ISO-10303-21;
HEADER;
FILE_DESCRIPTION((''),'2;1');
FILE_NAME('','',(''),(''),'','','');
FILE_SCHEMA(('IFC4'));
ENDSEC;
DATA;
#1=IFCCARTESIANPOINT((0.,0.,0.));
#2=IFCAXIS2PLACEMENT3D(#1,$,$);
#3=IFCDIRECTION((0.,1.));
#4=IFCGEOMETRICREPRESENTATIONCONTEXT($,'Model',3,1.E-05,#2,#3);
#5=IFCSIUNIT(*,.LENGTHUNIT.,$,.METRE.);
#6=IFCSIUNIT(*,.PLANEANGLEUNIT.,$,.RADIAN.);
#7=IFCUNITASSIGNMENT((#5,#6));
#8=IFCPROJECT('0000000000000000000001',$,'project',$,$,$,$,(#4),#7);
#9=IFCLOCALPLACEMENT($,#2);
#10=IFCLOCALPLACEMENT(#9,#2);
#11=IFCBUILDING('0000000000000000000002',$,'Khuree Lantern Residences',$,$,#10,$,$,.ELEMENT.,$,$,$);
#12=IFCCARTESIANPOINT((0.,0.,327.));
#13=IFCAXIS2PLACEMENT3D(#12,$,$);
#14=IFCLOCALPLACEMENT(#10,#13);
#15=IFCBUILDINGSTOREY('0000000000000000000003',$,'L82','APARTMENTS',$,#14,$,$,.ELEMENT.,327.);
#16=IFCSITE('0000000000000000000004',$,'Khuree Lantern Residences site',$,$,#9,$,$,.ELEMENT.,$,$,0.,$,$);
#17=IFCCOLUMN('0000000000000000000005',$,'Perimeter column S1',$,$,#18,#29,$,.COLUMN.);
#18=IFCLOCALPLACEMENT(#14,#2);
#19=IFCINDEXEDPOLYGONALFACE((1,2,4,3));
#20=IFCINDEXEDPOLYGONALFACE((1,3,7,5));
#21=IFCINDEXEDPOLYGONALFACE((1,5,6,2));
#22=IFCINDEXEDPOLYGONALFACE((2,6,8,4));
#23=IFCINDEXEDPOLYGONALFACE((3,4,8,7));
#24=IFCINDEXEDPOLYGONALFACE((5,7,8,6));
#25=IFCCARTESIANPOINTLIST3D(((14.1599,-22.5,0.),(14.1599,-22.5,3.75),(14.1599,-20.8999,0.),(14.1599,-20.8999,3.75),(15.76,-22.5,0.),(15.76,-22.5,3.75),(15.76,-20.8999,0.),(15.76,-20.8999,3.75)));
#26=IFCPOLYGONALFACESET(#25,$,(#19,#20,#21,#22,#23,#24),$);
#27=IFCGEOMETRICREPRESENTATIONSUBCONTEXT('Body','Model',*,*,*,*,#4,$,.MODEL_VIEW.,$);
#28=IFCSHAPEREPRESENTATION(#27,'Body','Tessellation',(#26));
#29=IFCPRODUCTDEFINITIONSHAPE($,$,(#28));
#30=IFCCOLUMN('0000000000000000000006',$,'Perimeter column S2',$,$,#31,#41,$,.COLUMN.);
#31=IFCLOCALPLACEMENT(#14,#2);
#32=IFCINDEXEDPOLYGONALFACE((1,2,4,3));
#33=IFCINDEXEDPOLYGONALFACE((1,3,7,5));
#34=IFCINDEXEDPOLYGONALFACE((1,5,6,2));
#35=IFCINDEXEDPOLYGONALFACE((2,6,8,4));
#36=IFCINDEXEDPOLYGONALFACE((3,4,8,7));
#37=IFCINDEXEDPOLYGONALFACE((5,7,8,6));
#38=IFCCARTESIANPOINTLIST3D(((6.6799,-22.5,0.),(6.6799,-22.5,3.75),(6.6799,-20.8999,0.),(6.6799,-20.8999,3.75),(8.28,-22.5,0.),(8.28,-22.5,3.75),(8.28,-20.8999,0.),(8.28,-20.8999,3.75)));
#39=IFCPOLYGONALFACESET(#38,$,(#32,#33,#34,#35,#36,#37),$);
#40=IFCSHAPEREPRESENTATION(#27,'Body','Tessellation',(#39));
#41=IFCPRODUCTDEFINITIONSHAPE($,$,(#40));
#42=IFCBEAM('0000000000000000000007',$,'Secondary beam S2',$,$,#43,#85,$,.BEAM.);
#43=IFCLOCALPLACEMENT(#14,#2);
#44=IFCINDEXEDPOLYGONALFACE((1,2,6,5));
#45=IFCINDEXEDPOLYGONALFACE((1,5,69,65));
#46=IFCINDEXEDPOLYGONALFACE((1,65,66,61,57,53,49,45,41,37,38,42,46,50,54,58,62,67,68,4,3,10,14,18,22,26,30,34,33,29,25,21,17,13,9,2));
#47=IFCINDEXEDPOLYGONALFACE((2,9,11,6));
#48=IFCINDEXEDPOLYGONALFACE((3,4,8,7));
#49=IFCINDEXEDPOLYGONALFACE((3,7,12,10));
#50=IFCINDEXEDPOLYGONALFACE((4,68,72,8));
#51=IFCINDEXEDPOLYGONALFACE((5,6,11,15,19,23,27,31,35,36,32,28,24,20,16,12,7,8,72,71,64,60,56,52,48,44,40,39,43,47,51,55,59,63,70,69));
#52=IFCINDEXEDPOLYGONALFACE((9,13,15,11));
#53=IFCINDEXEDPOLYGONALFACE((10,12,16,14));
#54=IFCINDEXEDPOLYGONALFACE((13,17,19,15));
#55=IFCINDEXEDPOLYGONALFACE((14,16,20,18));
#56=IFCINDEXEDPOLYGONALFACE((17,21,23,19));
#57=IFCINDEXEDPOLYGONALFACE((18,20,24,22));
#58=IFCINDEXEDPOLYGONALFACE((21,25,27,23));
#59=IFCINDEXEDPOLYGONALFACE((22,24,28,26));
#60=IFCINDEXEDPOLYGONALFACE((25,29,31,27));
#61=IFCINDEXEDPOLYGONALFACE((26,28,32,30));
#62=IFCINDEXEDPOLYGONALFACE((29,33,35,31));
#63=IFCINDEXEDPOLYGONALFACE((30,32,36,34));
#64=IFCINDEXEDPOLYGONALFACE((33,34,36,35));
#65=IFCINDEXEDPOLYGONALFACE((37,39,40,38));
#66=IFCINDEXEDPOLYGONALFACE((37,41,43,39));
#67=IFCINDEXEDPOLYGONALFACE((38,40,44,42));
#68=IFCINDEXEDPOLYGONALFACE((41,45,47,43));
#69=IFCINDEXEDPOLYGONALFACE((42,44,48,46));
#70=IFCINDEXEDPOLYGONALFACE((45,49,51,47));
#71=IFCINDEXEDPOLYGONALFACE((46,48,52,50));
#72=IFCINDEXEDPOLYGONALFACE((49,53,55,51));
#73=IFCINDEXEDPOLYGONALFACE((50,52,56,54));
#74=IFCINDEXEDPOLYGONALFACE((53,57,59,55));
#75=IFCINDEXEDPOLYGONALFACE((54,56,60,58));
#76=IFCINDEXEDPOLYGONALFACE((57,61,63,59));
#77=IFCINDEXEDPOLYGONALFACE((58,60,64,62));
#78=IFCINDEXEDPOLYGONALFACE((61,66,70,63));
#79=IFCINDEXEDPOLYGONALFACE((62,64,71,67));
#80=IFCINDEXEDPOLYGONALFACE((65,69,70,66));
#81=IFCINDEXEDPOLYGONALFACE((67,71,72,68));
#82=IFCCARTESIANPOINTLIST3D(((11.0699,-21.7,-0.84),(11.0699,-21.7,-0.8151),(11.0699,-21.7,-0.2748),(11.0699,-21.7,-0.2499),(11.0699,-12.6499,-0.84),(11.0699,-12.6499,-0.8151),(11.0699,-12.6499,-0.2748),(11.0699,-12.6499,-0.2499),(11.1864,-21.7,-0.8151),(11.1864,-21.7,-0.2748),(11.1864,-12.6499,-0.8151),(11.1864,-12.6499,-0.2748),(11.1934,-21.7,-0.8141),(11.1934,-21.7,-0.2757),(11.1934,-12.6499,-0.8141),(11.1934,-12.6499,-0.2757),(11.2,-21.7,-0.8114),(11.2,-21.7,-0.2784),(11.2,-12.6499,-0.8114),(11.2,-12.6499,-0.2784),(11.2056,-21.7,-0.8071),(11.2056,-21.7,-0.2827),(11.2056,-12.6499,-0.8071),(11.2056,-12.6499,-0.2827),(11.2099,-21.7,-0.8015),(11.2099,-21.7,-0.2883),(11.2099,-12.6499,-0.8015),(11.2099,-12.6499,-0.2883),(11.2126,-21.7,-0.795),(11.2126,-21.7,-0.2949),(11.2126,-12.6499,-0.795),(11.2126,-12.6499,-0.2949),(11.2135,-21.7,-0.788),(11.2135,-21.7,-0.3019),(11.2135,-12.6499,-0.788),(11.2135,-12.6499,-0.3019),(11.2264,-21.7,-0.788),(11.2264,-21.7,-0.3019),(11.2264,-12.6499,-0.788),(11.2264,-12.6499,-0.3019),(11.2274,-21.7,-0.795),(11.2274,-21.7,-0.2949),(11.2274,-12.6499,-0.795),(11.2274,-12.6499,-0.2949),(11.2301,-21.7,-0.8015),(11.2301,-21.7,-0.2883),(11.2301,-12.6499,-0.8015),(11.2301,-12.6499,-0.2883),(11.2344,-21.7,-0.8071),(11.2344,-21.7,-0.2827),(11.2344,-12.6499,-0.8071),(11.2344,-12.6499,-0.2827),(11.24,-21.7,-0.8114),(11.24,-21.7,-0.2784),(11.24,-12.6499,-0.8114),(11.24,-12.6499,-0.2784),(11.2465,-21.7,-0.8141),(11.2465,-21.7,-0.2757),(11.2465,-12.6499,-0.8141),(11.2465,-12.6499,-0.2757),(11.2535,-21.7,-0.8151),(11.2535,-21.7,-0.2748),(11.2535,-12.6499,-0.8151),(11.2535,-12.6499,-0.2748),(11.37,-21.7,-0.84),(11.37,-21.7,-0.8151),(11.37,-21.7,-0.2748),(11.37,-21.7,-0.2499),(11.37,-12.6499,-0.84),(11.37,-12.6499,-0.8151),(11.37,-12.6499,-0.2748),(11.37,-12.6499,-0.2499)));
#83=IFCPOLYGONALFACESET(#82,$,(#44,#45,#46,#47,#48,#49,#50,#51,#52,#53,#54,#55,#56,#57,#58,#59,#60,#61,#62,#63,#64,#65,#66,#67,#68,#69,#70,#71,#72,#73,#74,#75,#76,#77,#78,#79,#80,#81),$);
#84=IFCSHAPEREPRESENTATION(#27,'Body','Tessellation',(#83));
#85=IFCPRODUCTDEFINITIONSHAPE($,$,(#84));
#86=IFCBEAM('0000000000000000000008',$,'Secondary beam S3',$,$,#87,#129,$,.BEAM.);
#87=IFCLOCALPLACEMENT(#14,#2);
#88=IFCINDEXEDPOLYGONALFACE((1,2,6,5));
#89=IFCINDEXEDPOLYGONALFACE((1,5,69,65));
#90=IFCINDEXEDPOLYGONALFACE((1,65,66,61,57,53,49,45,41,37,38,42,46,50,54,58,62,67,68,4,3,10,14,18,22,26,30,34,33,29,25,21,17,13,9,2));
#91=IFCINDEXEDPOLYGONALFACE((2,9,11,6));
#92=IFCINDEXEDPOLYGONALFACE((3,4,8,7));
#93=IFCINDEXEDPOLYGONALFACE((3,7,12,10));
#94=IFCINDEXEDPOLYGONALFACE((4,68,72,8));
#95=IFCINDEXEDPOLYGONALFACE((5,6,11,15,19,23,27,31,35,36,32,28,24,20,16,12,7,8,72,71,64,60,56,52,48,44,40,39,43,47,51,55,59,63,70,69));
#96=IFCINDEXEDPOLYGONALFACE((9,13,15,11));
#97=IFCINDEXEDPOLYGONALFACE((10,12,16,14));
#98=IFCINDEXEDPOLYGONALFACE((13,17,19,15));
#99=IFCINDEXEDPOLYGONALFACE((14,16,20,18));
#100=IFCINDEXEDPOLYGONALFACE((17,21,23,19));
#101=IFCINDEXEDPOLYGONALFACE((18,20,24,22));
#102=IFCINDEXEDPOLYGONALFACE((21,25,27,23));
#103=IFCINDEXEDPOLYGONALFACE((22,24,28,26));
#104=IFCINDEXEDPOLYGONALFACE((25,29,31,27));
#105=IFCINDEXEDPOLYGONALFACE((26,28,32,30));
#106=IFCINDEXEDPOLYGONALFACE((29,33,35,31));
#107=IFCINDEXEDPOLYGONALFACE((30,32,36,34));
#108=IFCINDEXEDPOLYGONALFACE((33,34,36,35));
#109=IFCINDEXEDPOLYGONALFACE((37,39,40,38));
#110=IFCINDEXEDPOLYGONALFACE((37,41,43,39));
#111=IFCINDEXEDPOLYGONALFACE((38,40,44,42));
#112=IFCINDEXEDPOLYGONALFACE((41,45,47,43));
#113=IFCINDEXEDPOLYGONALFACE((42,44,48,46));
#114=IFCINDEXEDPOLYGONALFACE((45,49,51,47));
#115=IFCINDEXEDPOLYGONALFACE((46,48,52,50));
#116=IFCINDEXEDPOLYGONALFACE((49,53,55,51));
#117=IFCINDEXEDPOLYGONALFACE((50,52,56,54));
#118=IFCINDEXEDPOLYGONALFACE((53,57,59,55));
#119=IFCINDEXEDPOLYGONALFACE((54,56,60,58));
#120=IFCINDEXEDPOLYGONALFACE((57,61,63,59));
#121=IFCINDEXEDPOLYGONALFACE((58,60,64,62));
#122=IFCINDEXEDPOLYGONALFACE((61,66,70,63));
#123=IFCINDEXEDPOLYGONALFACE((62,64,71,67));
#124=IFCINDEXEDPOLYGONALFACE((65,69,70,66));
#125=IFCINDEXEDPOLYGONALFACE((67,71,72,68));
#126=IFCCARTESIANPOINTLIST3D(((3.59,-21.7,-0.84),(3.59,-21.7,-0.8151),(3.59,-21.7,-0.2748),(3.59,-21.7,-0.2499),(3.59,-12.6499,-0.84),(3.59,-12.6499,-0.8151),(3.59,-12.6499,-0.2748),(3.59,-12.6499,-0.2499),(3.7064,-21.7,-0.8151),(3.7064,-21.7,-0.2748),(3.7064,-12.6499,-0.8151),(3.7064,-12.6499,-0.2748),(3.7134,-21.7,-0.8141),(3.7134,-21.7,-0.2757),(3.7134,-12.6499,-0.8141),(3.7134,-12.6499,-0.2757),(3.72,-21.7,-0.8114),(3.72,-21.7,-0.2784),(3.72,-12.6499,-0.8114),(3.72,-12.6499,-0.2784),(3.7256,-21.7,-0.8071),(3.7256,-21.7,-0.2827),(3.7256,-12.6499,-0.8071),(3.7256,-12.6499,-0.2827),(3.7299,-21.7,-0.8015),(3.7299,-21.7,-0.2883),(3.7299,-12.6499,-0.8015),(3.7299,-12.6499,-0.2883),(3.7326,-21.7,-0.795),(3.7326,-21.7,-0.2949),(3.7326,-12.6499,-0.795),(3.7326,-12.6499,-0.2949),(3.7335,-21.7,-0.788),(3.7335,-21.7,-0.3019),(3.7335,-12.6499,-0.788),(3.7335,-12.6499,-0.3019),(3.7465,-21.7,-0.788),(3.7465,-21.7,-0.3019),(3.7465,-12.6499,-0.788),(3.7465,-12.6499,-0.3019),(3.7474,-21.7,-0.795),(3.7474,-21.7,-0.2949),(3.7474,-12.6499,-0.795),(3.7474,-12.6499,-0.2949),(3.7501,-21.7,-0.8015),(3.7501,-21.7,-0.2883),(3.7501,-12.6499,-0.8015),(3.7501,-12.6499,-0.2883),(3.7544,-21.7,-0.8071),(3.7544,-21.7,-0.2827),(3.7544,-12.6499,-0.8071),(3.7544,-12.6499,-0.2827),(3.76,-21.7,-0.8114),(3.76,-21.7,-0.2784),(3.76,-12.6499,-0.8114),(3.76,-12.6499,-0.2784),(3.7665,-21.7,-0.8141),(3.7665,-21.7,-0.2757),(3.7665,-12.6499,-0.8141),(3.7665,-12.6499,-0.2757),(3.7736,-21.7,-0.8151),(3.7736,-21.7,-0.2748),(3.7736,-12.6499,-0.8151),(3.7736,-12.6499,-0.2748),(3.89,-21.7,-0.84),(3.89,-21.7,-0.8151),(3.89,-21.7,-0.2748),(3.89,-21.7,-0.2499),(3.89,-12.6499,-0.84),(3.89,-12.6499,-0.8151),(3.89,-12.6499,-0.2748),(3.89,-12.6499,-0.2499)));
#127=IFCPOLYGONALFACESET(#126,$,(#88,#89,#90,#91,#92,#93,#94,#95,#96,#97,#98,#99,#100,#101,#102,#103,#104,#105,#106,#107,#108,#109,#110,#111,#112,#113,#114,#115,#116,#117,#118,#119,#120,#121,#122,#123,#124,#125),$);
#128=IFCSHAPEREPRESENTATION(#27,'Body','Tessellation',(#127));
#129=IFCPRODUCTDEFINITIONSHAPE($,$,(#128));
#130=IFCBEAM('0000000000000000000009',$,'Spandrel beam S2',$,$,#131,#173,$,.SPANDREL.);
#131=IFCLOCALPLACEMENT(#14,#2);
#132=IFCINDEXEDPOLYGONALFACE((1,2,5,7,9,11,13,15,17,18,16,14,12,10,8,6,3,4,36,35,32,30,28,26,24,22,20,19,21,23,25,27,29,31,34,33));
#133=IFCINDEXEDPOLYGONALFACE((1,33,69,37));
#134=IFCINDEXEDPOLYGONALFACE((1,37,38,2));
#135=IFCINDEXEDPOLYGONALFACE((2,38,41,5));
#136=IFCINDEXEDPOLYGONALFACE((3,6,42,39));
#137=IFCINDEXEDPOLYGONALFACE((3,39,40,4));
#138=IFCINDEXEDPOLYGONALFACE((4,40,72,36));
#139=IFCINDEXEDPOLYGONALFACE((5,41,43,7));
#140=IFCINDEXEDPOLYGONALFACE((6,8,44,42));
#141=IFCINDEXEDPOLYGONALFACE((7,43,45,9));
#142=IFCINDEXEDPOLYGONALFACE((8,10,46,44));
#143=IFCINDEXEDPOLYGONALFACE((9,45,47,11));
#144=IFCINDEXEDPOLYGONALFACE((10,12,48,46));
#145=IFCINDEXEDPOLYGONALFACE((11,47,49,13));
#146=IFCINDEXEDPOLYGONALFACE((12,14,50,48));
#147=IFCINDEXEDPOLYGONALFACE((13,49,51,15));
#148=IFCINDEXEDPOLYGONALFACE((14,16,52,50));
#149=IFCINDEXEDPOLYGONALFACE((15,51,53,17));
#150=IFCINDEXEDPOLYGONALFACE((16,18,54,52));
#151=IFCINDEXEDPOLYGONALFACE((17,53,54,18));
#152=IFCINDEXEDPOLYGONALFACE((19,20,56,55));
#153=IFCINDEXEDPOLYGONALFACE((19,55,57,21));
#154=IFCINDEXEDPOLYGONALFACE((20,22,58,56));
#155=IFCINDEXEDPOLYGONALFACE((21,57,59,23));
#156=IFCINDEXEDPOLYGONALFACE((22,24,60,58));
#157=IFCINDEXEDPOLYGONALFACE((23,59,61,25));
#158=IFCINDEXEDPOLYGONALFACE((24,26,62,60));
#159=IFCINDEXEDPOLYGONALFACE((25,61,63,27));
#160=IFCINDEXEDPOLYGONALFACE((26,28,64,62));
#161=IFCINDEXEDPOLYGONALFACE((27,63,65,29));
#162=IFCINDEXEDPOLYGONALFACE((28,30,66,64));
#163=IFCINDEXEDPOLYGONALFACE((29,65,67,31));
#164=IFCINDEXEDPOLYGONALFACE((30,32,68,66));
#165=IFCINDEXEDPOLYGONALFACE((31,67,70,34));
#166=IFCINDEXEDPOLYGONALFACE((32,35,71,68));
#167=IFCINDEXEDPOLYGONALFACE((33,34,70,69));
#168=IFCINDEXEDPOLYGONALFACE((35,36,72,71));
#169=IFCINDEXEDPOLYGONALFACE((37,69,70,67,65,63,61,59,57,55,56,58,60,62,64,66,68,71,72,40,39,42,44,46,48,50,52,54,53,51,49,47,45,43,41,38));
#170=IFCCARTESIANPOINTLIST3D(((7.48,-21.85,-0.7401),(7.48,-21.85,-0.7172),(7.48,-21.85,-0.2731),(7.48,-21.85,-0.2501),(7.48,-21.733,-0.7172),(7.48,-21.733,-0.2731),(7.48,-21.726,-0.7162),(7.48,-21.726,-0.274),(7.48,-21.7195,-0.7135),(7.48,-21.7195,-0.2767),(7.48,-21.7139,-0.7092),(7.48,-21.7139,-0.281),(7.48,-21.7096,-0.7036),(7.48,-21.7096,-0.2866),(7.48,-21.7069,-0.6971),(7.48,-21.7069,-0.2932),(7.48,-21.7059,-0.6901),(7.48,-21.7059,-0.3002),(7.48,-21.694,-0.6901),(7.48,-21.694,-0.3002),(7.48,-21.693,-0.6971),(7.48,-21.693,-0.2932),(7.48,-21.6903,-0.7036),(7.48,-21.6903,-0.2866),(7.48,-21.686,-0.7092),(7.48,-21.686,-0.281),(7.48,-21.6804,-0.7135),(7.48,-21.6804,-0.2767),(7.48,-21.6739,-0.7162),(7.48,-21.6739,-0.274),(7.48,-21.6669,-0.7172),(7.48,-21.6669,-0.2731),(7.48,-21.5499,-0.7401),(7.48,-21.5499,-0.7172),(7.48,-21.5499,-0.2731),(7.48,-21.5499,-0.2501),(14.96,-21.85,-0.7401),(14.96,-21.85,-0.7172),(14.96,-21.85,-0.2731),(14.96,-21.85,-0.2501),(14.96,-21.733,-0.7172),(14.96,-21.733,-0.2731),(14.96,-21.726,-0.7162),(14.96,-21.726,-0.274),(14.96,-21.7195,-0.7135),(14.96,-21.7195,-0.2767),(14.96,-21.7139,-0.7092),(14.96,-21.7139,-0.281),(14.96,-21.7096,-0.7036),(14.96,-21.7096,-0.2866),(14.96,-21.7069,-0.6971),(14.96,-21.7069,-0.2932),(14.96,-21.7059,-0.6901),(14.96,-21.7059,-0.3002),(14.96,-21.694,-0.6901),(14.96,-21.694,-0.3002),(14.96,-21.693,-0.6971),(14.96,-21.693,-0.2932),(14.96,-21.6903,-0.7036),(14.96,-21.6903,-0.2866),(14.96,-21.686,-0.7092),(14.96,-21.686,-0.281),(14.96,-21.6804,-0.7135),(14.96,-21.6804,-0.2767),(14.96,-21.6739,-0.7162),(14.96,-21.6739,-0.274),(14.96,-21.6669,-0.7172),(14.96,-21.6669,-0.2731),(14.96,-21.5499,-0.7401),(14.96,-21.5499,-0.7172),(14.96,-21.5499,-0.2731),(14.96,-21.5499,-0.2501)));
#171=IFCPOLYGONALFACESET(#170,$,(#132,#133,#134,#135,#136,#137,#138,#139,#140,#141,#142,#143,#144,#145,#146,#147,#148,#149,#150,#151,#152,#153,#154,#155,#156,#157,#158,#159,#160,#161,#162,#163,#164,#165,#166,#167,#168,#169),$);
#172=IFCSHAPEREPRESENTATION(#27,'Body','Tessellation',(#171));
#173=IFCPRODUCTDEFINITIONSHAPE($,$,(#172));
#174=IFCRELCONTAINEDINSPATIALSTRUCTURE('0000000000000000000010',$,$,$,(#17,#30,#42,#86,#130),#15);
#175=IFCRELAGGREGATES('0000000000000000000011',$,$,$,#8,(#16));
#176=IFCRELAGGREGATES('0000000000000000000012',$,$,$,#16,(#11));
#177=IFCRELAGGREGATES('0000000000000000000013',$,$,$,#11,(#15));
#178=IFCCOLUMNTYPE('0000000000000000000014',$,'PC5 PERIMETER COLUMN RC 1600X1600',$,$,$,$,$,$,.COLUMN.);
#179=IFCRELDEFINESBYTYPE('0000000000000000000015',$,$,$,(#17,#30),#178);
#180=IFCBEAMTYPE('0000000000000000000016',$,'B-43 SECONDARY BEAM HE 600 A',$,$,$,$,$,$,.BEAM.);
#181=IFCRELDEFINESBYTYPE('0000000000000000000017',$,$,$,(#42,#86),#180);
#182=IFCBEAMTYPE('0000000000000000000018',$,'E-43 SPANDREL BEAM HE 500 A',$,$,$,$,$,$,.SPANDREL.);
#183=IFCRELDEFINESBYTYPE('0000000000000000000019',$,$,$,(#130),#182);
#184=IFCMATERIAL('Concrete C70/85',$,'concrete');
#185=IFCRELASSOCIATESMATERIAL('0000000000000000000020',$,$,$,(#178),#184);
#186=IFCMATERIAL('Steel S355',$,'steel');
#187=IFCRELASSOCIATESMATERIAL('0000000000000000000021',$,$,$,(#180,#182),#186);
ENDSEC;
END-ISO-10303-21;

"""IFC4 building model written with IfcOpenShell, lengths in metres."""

from ifc_helpers import new_model, si_unit, direction, frame, origin, origin_2d, place, context, subcontext, project, spatial, rectangle, i_section, extrude, material, material_profile, profile_set, type_object, element, save


model = new_model("IFC4")

# Units and contexts
model_context = context("Model", 3, precision=1e-05, world=origin(), true_north=direction((0.0, 1.0)))
body_context = subcontext(model_context, "Body", "Model", "MODEL_VIEW")
ifc_project = project(units=[si_unit("LENGTHUNIT", "METRE"), si_unit("PLANEANGLEUNIT", "RADIAN")], contexts=[model_context])

# Site, building, storey
site_placement = place(None, origin())
site = spatial("IfcSite", under=ifc_project, at=site_placement, Name="Khuree Lantern Residences site", CompositionType="ELEMENT", RefElevation=0.0)
building_placement = place(site_placement, origin())
building = spatial("IfcBuilding", under=site, at=building_placement, Name="Khuree Lantern Residences", CompositionType="ELEMENT")
storey_placement = place(building_placement, frame((0.0, 0.0, 327.0)))
storey = spatial("IfcBuildingStorey", under=building, at=storey_placement, Name="L82", Description="APARTMENTS", CompositionType="ELEMENT", Elevation=327.0)

# Columns
ifc_material_1 = material(Name="Concrete C70/85", Category="concrete")
ifc_material_profile_1 = material_profile(ifc_material_1, rectangle(XDim=1.6001, YDim=1.6001, at=origin_2d()), Name="RC 1600X1600")
ifc_profile_set_1 = profile_set([ifc_material_profile_1], Name="Concrete C70/85")
column_type = type_object("IfcColumnType", Name="PC5 PERIMETER COLUMN RC 1600X1600", PredefinedType="COLUMN", material=ifc_profile_set_1)
for number, where, z_axis, x_axis, name in (
    (1, (14.96, -21.7, 0.0), (0.0, 0.0, 1.0), (1.0, 0.0, 0.0), "Perimeter column S1"),
    (2, (7.48, -21.7, 0.0), (0.0, 0.0, 1.0), (1.0, 0.0, 0.0), "Perimeter column S2"),
):
    element("IfcColumn", number, at=place(storey_placement, frame(where, z_axis=z_axis, x_axis=x_axis)), inside=storey, type_object=column_type, Name=name, PredefinedType="COLUMN", context=body_context, shape_type="SweptSolid", body=[
        extrude(rectangle(XDim=1.6001, YDim=1.6001, at=origin_2d()), origin(), (0.0, 0.0, 1.0), 3.75),
    ])

# Beams
ifc_material_2 = material(Name="Steel S355", Category="steel")
ifc_material_profile_2 = material_profile(ifc_material_2, i_section(OverallWidth=0.3, OverallDepth=0.5901, WebThickness=0.0129, FlangeThickness=0.0249, FilletRadius=0.0271, at=origin_2d()), Name="HE 600 A")
ifc_profile_set_2 = profile_set([ifc_material_profile_2], Name="Steel S355")
beam_type_1 = type_object("IfcBeamType", Name="B-43 SECONDARY BEAM HE 600 A", PredefinedType="BEAM", material=ifc_profile_set_2)
for number, where, z_axis, x_axis, name in (
    (3, (11.22, -21.7, -0.5449), (0.0, 1.0, 0.0), (-1.0, 0.0, 0.0), "Secondary beam S2"),
    (4, (3.74, -21.7, -0.5449), (0.0, 1.0, 0.0), (-1.0, 0.0, 0.0), "Secondary beam S3"),
):
    element("IfcBeam", number, at=place(storey_placement, frame(where, z_axis=z_axis, x_axis=x_axis)), inside=storey, type_object=beam_type_1, Name=name, PredefinedType="BEAM", context=body_context, shape_type="SweptSolid", body=[
        extrude(i_section(OverallWidth=0.3, OverallDepth=0.5901, WebThickness=0.0129, FlangeThickness=0.0249, FilletRadius=0.0271, at=origin_2d()), origin(), (0.0, 0.0, 1.0), 9.05),
    ])
ifc_material_profile_3 = material_profile(ifc_material_2, i_section(OverallWidth=0.3, OverallDepth=0.49, WebThickness=0.012, FlangeThickness=0.0229, FilletRadius=0.0271, at=origin_2d()), Name="HE 500 A")
ifc_profile_set_3 = profile_set([ifc_material_profile_3], Name="Steel S355")
beam_type_2 = type_object("IfcBeamType", Name="E-43 SPANDREL BEAM HE 500 A", PredefinedType="SPANDREL", material=ifc_profile_set_3)
for number, where, z_axis, x_axis, name in (
    (5, (14.96, -21.7, -0.4951), (-1.0, 0.0, 0.0), (0.0, -1.0, 0.0), "Spandrel beam S2"),
):
    element("IfcBeam", number, at=place(storey_placement, frame(where, z_axis=z_axis, x_axis=x_axis)), inside=storey, type_object=beam_type_2, Name=name, PredefinedType="SPANDREL", context=body_context, shape_type="SweptSolid", body=[
        extrude(i_section(OverallWidth=0.3, OverallDepth=0.49, WebThickness=0.012, FlangeThickness=0.0229, FilletRadius=0.0271, at=origin_2d()), origin(), (0.0, 0.0, 1.0), 7.48),
    ])

save(model, "model.ifc")
